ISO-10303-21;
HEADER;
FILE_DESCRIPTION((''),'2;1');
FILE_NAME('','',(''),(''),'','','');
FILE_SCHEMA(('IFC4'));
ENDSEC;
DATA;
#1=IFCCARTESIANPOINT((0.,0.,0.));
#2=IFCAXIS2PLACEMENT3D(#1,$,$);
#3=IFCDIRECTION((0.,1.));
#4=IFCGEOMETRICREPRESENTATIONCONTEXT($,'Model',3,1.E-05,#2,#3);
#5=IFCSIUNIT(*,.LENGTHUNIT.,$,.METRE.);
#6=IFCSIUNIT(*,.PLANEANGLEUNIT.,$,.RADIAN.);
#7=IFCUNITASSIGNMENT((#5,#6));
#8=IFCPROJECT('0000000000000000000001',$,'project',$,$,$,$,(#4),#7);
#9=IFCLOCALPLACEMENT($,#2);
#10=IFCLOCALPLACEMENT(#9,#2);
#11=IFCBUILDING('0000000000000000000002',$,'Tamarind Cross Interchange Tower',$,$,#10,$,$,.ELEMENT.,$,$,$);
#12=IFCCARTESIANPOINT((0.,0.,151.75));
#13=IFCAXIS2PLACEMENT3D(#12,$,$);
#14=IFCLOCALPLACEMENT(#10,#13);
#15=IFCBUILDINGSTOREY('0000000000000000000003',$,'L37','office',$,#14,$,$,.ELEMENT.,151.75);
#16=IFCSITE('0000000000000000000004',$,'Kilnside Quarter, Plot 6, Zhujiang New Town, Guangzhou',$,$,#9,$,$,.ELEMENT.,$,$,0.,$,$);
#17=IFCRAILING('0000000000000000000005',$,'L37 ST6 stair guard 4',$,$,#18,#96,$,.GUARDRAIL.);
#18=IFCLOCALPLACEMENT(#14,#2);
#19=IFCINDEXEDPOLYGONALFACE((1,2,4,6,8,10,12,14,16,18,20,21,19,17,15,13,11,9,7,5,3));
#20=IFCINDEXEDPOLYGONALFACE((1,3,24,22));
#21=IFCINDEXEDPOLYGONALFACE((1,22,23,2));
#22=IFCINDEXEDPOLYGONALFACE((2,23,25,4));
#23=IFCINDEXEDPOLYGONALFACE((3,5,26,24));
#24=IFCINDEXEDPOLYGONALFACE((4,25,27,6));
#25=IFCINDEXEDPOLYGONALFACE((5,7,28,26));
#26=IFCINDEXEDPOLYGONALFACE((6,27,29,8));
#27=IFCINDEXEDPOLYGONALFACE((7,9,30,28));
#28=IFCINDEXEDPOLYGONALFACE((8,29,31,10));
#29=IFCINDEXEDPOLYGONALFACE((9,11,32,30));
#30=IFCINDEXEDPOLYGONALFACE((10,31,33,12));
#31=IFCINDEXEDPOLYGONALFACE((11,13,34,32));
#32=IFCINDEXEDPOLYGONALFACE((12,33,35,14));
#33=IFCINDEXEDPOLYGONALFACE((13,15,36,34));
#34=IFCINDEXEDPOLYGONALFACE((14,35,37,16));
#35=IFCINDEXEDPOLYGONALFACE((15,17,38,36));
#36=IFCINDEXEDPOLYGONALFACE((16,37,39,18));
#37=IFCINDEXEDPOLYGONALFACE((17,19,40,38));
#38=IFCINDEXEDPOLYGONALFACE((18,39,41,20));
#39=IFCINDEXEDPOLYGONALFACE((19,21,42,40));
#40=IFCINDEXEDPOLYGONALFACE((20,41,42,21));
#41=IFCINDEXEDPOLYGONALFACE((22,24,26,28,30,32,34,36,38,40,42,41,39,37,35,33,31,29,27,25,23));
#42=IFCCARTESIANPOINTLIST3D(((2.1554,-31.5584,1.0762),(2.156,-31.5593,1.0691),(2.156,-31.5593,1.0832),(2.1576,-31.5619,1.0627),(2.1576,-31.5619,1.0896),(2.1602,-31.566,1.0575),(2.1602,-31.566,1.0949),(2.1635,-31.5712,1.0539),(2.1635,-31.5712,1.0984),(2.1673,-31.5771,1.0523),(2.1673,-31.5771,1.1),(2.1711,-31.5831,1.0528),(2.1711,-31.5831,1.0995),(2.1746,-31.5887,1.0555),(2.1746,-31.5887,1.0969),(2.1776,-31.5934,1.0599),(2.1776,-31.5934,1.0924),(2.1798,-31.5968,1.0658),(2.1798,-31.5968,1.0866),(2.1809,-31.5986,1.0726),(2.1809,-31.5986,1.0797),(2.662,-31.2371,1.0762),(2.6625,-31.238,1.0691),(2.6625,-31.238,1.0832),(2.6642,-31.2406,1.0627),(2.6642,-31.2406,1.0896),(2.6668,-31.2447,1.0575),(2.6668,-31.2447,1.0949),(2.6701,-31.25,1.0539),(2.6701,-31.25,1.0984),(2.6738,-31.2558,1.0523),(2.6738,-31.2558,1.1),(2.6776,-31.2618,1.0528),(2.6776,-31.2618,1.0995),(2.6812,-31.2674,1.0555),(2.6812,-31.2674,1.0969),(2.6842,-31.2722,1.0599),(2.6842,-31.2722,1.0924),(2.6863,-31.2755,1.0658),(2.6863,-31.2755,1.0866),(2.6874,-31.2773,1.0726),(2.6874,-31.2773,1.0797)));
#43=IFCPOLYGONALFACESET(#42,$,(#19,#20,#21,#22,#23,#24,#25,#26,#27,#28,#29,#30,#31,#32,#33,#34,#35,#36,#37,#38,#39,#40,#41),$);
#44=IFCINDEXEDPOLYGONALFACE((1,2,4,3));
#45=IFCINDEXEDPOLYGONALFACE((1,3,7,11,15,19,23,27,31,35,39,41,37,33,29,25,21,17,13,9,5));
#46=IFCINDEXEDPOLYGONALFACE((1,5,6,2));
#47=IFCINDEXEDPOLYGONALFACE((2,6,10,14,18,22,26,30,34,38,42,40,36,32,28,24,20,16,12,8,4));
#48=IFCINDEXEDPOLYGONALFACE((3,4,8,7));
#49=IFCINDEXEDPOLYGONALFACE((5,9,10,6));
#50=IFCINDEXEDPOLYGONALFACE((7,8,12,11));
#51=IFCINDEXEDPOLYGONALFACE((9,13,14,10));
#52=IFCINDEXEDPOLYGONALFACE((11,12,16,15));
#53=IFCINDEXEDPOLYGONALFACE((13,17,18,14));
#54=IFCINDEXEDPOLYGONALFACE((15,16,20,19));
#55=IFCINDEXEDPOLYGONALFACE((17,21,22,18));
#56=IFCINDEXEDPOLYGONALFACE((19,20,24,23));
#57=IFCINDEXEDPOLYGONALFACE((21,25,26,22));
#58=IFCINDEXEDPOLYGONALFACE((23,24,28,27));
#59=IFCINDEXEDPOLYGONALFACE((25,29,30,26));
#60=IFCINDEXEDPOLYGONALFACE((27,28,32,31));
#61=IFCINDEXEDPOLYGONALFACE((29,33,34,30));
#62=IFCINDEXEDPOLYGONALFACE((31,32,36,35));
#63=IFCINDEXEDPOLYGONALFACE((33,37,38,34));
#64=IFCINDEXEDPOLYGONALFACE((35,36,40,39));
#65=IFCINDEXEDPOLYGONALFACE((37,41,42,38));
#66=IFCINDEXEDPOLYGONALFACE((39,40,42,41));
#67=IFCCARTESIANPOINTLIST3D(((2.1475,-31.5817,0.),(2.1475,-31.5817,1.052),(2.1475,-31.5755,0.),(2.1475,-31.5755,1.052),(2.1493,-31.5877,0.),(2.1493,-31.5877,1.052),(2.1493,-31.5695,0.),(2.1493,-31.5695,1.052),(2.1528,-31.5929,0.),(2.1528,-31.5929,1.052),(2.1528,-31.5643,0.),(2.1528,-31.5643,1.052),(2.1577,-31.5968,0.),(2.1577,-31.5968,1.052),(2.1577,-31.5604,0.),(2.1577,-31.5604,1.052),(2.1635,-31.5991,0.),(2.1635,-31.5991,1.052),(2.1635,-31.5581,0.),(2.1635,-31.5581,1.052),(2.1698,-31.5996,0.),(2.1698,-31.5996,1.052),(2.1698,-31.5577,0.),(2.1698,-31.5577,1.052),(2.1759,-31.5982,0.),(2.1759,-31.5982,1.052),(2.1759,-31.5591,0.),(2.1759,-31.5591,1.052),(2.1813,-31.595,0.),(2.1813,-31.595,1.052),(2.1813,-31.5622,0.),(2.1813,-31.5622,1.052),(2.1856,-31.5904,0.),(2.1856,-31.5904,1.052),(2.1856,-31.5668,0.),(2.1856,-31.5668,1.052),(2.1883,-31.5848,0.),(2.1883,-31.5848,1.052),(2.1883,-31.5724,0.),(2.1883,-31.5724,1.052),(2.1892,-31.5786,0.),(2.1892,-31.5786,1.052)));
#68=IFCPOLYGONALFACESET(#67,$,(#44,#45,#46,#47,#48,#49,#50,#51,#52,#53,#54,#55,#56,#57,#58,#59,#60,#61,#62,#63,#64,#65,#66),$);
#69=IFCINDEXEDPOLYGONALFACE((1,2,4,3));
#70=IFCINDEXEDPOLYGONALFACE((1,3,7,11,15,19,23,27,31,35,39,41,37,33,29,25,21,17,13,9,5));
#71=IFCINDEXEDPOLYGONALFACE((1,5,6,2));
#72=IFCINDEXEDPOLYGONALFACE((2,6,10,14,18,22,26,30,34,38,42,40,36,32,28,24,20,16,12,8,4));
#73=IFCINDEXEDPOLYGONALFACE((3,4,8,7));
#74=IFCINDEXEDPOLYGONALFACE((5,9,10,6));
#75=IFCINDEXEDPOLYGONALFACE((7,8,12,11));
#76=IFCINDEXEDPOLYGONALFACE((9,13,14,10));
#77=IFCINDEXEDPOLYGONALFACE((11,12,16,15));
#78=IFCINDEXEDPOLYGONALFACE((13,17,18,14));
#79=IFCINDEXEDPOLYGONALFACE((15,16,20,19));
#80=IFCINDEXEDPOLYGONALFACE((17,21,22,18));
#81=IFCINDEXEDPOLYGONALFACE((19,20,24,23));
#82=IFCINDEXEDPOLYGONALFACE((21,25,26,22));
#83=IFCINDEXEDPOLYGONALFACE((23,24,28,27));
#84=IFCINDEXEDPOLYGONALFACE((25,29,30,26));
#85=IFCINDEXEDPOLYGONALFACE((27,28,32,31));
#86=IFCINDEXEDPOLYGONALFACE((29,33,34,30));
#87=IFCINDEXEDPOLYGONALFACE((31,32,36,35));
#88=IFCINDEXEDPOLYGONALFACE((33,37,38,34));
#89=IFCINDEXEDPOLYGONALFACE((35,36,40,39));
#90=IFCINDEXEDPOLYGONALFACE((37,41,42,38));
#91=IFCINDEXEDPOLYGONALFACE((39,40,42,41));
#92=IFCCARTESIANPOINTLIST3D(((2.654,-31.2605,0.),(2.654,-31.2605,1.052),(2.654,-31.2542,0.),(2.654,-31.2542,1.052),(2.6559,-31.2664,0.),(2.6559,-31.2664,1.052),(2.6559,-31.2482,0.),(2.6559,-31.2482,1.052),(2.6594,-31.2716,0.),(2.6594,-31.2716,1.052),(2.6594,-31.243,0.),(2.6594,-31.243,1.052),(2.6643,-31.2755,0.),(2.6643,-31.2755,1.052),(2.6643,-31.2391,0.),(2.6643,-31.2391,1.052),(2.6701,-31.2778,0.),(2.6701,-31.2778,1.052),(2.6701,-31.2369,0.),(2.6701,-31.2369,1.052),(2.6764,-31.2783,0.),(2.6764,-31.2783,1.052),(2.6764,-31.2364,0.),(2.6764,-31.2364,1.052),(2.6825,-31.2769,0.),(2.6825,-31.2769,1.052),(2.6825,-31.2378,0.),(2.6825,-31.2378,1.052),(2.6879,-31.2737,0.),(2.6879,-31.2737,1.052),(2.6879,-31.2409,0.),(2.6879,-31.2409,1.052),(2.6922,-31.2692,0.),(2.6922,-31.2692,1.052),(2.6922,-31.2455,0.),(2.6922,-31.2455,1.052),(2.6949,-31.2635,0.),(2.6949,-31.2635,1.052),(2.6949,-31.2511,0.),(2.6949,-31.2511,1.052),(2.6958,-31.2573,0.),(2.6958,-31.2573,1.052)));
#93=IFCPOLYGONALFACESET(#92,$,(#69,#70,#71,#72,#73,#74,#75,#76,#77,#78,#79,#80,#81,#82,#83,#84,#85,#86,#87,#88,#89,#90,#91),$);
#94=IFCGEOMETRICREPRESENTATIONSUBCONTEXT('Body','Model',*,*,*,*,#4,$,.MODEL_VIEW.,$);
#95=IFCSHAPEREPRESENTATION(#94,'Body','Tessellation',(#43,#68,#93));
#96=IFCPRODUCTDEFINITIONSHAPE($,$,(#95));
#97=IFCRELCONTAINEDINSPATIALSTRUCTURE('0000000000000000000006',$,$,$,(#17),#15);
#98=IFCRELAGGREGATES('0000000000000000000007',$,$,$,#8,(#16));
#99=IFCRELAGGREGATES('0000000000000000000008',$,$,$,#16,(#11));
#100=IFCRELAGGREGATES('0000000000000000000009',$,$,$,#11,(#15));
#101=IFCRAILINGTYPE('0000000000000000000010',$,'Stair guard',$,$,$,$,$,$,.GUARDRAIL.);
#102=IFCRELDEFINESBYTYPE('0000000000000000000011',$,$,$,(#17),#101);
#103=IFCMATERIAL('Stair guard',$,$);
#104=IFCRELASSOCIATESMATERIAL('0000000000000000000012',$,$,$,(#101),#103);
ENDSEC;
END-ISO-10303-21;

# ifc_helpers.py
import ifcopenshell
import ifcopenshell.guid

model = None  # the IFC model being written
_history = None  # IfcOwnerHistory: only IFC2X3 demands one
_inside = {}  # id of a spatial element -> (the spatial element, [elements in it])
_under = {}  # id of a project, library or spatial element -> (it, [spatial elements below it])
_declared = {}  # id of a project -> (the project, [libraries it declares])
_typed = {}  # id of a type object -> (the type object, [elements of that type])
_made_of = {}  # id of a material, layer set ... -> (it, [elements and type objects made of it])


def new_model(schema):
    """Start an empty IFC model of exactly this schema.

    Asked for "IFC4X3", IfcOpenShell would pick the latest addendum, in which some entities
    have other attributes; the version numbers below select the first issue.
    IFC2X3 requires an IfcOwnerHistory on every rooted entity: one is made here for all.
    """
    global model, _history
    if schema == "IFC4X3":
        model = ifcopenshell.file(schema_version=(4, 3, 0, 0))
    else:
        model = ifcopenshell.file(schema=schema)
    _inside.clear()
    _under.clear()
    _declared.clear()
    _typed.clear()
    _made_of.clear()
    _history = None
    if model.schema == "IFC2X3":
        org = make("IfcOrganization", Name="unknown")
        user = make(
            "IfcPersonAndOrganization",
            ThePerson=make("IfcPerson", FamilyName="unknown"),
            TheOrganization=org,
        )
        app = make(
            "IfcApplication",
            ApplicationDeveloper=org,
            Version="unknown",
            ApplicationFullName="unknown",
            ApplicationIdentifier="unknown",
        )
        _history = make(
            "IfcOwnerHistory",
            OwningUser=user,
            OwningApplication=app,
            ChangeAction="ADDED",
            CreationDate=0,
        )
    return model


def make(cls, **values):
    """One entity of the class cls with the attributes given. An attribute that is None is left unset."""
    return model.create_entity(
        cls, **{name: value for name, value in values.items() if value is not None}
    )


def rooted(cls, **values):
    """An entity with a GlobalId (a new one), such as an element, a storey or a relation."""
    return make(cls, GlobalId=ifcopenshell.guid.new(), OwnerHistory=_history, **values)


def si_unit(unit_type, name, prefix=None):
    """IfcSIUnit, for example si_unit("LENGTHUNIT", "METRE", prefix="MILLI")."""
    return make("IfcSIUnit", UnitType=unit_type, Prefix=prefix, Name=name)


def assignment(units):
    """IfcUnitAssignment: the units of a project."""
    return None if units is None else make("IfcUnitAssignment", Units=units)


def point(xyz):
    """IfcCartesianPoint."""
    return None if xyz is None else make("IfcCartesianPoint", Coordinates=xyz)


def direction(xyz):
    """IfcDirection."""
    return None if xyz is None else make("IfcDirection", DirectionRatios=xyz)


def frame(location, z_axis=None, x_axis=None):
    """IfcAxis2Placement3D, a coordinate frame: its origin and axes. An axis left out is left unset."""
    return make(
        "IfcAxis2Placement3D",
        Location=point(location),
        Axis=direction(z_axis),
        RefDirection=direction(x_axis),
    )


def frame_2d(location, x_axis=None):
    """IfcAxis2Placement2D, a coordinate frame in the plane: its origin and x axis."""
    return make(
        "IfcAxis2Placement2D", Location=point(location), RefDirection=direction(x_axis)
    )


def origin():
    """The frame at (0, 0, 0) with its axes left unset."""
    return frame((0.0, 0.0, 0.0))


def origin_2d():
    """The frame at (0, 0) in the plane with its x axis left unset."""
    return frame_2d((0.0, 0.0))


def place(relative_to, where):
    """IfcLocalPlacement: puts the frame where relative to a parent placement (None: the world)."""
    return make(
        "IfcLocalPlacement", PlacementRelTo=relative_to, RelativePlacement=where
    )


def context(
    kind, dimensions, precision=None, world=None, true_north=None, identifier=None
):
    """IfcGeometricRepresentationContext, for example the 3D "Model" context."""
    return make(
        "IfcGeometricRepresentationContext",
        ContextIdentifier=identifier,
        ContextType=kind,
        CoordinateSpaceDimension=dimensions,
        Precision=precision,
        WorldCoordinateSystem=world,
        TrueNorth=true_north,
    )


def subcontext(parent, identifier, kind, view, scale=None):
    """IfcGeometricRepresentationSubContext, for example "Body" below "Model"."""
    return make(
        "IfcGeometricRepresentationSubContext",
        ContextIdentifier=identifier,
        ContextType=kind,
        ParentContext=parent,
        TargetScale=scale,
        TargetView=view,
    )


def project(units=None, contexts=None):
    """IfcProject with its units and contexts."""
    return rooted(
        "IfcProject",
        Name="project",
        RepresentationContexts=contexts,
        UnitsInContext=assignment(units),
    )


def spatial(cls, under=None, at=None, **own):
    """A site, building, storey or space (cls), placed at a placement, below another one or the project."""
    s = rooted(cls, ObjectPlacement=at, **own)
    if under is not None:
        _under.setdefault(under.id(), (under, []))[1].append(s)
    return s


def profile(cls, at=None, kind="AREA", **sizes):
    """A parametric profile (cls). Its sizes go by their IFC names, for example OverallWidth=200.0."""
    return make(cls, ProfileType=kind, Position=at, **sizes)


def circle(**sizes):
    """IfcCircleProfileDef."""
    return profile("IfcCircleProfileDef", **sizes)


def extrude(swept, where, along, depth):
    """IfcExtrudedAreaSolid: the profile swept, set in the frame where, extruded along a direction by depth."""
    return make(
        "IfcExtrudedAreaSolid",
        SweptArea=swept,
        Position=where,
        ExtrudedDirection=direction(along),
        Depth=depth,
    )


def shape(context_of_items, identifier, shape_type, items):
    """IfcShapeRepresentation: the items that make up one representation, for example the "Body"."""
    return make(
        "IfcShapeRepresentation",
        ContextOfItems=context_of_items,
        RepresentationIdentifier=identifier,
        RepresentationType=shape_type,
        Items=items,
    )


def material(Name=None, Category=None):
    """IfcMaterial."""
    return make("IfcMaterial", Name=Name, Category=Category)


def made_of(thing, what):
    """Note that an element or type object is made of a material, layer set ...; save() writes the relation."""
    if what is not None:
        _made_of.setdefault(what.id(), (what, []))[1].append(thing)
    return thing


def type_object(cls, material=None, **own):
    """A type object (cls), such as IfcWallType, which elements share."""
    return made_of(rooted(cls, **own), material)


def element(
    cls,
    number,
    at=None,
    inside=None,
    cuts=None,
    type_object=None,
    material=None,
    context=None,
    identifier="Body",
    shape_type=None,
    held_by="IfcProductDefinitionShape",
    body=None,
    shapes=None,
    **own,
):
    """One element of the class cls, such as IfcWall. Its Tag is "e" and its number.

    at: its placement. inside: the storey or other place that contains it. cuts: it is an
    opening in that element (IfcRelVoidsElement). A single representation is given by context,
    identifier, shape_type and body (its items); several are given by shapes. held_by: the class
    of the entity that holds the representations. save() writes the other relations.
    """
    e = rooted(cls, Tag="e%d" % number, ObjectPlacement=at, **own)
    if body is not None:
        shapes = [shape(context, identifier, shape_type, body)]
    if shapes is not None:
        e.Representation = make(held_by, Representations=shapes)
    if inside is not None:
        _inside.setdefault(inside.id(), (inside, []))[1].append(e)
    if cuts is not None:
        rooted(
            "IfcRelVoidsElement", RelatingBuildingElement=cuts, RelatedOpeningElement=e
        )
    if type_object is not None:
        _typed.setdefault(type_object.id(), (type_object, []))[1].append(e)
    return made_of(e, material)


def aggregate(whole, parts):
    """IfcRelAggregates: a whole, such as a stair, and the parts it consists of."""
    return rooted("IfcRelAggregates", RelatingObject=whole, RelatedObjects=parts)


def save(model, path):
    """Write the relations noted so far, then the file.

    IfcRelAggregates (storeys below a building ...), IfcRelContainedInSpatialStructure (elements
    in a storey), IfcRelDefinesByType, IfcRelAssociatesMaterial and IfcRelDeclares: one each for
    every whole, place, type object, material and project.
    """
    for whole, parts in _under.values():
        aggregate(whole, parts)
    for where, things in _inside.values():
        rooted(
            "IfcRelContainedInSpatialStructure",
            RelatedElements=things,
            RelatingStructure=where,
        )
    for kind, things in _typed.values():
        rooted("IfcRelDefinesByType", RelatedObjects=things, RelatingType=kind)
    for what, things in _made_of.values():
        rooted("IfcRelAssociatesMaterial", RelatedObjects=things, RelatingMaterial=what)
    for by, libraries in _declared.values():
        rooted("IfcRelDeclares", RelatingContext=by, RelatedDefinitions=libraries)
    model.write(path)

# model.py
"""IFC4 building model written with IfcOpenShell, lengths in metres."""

from ifc_helpers import new_model, si_unit, direction, frame, origin, origin_2d, place, context, subcontext, project, spatial, circle, extrude, material, type_object, element, save


model = new_model("IFC4")

# Units and contexts
model_context = context("Model", 3, precision=1e-05, world=origin(), true_north=direction((0.0, 1.0)))
body_context = subcontext(model_context, "Body", "Model", "MODEL_VIEW")
ifc_project = project(units=[si_unit("LENGTHUNIT", "METRE"), si_unit("PLANEANGLEUNIT", "RADIAN")], contexts=[model_context])

# Site, building, storey
site_placement = place(None, origin())
site = spatial("IfcSite", under=ifc_project, at=site_placement, Name="Kilnside Quarter, Plot 6, Zhujiang New Town, Guangzhou", CompositionType="ELEMENT", RefElevation=0.0)
building_placement = place(site_placement, origin())
building = spatial("IfcBuilding", under=site, at=building_placement, Name="Tamarind Cross Interchange Tower", CompositionType="ELEMENT")
storey_placement = place(building_placement, frame((0.0, 0.0, 151.75)))
storey = spatial("IfcBuildingStorey", under=building, at=storey_placement, Name="L37", Description="office", CompositionType="ELEMENT", Elevation=151.75)

# Railing
ifc_material_1 = material(Name="Stair guard")
railing_type = type_object("IfcRailingType", Name="Stair guard", PredefinedType="GUARDRAIL", material=ifc_material_1)
railing_1_placement = place(storey_placement, frame((2.1682, -31.5786, 0.0)))
element("IfcRailing", 1, at=railing_1_placement, inside=storey, type_object=railing_type, Name="L37 ST6 stair guard 4", PredefinedType="GUARDRAIL", context=body_context, shape_type="SweptSolid", body=[
    extrude(circle(Radius=0.0239, at=origin_2d()), frame((0.0, 0.0, 1.0762), z_axis=(0.844482, 0.535585, 0.0), x_axis=(-0.535585, 0.844482, 0.0)), (0.0, 0.0, 1.0), 0.5999),
    extrude(circle(Radius=0.021, at=origin_2d()), origin(), (0.0, 0.0, 1.0), 1.052),
    extrude(circle(Radius=0.021, at=origin_2d()), frame((0.5066, 0.3213, 0.0)), (0.0, 0.0, 1.0), 1.052),
])

save(model, "model.ifc")
